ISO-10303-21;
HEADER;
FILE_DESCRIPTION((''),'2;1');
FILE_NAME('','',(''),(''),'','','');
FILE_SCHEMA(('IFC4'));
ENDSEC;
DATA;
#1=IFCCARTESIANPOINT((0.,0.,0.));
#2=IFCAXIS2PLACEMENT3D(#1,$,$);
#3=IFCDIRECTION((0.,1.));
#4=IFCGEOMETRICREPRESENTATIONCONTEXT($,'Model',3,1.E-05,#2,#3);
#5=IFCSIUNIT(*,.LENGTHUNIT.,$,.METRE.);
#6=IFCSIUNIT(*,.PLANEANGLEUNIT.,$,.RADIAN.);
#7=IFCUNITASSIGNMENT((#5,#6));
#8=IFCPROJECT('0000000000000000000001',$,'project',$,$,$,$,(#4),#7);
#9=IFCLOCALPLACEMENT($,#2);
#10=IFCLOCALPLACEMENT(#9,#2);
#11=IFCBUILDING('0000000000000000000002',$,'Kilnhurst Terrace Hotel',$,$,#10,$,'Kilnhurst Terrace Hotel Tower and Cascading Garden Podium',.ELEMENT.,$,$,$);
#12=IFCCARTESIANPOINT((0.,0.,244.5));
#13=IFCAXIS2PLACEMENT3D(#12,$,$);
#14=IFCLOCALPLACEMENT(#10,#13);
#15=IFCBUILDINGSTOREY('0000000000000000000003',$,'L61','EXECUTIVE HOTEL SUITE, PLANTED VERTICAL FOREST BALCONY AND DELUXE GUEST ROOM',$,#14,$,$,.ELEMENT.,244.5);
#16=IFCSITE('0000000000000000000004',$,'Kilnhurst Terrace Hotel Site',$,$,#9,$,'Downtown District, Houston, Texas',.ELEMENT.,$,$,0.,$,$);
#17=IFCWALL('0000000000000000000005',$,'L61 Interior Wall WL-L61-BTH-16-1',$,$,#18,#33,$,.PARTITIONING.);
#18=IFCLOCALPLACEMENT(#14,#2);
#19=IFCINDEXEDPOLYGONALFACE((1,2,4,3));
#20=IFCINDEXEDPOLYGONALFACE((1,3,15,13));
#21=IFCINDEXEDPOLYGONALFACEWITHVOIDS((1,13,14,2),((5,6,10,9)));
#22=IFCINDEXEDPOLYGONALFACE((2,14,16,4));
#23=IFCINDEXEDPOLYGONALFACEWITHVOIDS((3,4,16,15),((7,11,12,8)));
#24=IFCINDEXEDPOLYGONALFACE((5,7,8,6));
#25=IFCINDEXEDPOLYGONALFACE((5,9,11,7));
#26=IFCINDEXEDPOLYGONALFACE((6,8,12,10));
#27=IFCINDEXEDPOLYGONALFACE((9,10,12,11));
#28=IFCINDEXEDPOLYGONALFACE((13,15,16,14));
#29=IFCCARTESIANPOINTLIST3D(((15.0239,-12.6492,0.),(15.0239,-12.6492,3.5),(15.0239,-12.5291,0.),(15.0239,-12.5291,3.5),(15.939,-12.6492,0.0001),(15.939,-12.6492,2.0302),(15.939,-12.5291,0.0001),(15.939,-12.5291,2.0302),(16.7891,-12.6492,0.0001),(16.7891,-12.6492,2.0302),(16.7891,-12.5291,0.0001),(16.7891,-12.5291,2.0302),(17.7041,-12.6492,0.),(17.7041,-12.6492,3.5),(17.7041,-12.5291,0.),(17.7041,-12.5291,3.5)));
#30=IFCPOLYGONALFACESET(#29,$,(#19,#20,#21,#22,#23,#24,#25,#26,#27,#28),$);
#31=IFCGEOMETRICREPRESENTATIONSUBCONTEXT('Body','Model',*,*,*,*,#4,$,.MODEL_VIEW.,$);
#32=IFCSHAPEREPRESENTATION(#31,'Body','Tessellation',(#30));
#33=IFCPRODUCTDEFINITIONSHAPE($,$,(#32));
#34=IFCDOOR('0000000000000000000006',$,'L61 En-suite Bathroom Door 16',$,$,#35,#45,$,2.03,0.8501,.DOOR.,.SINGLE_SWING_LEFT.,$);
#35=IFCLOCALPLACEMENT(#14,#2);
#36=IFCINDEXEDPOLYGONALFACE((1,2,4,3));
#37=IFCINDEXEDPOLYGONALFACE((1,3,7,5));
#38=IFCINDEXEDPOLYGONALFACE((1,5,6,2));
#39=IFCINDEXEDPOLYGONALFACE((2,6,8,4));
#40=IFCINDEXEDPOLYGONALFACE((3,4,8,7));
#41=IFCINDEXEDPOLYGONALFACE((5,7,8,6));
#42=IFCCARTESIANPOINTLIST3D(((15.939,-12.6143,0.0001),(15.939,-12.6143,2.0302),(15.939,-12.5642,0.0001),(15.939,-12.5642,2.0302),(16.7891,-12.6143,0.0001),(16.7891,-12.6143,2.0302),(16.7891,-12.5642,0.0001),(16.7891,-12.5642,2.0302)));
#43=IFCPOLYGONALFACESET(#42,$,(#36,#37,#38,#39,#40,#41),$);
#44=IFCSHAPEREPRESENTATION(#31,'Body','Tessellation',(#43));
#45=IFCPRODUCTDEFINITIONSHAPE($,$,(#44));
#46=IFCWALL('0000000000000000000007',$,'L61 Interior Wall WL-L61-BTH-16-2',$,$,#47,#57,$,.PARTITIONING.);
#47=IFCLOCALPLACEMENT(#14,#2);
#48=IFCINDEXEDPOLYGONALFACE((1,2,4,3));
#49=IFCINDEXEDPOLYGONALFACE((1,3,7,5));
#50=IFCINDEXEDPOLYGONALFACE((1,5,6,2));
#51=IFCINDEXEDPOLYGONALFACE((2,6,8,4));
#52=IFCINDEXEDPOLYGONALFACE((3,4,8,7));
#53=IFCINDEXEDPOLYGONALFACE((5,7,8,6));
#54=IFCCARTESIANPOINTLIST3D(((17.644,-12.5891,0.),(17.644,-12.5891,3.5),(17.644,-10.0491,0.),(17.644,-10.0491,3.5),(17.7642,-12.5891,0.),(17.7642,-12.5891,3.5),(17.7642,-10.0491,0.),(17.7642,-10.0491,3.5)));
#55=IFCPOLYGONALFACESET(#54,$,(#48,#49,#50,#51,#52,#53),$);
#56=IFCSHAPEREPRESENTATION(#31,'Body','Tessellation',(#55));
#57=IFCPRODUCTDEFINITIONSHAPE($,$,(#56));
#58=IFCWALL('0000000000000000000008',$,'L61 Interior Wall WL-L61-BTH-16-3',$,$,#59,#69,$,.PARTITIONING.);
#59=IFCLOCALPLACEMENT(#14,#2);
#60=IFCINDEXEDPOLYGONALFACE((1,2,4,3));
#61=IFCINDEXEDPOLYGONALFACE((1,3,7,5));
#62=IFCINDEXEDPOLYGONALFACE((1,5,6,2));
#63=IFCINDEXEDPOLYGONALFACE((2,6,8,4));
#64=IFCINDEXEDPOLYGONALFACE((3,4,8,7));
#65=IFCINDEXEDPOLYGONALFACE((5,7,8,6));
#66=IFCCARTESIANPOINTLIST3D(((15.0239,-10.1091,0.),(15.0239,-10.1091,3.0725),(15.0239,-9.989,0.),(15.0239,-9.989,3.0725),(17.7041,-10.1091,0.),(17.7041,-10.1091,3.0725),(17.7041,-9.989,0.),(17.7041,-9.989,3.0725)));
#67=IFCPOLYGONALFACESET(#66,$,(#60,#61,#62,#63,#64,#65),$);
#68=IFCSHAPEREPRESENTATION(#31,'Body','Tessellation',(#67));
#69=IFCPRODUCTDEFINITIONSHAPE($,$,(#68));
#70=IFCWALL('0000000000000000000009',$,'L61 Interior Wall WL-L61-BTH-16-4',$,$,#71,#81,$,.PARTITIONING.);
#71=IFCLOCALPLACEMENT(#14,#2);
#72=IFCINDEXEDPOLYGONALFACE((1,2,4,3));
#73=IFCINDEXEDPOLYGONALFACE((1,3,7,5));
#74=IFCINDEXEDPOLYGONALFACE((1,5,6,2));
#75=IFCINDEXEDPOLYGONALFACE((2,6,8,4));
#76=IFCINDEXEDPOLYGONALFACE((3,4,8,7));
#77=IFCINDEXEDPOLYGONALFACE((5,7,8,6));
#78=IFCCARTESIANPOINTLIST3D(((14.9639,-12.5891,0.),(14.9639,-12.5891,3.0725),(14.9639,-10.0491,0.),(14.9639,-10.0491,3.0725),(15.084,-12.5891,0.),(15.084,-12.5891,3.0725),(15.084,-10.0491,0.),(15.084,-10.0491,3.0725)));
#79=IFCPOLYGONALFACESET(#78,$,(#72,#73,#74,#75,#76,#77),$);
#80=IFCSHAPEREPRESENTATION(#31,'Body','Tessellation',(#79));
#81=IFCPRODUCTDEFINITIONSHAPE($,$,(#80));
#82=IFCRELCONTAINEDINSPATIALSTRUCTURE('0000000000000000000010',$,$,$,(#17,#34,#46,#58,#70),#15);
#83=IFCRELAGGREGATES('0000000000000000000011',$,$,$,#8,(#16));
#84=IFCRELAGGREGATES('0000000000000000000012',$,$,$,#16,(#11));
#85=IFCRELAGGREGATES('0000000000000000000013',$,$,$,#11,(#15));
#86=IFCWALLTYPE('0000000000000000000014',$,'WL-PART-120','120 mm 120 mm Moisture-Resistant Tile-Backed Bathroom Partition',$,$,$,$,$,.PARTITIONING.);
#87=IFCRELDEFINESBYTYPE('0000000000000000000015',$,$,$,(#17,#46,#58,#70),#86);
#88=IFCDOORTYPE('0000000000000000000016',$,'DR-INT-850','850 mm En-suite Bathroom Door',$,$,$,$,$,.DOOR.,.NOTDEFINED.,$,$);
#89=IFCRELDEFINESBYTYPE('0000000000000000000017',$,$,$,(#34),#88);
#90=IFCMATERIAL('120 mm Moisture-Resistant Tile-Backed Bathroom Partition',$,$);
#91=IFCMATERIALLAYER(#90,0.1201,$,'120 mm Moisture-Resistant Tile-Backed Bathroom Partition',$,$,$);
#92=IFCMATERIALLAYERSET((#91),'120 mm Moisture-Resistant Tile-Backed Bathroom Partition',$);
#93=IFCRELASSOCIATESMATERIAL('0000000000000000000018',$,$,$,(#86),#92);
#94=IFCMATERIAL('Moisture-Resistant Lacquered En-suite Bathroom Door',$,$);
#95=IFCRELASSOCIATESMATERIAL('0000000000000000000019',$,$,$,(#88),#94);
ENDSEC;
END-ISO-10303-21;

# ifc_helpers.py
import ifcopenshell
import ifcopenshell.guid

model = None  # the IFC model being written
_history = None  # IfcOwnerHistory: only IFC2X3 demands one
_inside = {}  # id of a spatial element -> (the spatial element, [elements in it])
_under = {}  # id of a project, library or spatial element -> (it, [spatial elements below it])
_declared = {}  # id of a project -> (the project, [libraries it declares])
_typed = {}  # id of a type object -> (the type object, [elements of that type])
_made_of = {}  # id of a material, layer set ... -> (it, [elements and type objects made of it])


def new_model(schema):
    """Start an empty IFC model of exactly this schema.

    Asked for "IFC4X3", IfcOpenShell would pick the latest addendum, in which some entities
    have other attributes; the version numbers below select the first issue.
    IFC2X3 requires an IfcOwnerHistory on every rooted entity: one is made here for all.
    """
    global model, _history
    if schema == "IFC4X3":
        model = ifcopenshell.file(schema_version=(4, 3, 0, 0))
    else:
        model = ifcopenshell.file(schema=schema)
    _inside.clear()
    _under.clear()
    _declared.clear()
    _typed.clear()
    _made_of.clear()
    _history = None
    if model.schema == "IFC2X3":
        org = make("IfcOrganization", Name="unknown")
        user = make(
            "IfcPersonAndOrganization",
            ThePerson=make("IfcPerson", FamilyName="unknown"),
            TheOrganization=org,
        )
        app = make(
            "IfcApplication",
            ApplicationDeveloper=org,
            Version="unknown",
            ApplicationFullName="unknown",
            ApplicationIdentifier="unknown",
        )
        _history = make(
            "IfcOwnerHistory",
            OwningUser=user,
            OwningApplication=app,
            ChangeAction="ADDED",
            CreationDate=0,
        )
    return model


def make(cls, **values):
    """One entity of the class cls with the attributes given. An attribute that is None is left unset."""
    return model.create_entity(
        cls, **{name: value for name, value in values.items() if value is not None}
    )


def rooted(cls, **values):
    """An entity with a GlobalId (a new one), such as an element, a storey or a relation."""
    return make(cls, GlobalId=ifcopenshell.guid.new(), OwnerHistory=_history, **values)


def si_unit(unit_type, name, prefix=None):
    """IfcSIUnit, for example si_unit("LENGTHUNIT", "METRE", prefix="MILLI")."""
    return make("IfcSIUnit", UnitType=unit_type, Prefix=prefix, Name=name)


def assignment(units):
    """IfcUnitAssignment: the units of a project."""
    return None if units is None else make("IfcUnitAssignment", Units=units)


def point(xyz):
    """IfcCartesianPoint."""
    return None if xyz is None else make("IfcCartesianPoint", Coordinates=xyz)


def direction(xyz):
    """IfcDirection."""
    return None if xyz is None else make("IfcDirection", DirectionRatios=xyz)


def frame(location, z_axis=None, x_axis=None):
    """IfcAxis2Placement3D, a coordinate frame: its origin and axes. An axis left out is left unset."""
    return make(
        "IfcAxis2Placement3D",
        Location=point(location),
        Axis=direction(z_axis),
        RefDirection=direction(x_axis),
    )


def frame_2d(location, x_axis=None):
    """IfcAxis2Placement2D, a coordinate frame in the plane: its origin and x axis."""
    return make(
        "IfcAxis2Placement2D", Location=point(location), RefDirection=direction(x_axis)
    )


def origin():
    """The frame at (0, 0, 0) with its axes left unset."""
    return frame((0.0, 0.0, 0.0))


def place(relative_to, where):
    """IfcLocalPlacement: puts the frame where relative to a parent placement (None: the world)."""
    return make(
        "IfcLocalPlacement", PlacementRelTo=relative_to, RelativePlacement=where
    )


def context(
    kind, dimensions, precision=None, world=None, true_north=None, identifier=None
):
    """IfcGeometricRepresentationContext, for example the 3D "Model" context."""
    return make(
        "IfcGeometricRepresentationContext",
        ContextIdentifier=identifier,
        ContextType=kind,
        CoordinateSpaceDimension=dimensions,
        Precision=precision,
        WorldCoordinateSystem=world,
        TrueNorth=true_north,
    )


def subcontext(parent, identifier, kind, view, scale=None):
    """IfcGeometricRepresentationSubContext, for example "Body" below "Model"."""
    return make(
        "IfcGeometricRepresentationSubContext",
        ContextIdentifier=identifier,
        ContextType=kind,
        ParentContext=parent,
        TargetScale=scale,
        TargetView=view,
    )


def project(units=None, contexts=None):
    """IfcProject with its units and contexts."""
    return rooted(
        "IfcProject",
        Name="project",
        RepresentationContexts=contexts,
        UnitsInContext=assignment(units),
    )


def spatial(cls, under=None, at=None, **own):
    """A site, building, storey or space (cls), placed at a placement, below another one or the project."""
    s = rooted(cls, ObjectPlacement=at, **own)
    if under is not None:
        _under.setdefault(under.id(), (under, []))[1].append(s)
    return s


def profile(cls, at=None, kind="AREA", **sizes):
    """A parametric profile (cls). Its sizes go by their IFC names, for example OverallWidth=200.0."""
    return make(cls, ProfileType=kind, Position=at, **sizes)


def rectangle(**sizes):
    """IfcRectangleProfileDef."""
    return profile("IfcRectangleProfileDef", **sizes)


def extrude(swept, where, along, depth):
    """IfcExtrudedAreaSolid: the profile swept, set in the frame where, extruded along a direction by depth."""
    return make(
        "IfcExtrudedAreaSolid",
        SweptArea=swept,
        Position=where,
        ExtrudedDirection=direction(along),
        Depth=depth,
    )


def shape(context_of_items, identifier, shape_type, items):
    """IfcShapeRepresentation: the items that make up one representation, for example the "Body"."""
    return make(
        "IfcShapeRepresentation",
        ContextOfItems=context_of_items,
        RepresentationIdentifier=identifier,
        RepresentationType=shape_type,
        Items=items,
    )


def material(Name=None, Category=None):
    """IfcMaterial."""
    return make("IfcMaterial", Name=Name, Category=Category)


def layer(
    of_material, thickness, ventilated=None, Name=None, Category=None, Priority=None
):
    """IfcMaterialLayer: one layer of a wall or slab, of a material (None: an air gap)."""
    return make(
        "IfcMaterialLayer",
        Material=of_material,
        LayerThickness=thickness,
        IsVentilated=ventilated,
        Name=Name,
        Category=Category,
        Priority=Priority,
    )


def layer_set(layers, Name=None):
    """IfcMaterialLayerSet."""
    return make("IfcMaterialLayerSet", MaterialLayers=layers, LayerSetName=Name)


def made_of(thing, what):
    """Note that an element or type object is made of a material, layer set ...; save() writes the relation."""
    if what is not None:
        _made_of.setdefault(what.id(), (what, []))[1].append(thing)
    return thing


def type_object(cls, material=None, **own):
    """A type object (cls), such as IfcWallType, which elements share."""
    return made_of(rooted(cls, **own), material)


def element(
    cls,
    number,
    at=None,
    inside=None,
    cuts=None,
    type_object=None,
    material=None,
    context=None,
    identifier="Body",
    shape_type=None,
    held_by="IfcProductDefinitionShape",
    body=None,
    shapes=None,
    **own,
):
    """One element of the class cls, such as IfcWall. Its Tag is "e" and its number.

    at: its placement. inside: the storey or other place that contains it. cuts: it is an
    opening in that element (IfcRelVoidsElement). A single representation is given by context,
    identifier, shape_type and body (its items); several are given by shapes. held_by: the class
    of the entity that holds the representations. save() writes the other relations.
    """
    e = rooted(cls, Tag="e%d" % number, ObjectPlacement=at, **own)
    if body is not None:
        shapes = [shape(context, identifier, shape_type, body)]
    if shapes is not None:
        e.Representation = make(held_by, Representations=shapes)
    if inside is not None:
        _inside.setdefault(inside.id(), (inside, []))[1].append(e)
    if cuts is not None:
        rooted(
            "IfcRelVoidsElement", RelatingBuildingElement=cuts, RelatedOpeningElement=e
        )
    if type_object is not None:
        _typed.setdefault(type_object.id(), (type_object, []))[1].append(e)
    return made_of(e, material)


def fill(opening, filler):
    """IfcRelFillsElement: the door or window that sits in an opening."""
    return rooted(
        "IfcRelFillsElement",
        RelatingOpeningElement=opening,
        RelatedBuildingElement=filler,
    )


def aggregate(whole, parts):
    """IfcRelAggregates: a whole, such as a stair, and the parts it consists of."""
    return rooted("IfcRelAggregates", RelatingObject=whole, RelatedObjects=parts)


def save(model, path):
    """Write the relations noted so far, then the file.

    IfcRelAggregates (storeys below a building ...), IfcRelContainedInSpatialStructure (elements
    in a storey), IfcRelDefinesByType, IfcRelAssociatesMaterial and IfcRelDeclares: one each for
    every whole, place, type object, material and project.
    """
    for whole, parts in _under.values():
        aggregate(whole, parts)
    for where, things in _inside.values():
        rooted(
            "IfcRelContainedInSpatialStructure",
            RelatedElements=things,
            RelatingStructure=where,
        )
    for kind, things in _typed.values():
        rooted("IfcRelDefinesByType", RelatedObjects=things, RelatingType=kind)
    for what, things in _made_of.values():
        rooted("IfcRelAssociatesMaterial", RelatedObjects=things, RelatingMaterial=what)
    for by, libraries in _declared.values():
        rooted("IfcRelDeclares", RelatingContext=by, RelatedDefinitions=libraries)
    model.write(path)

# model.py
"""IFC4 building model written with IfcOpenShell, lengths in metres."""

from ifc_helpers import new_model, si_unit, direction, frame, frame_2d, origin, place, context, subcontext, project, spatial, rectangle, extrude, material, layer, layer_set, type_object, element, fill, save


model = new_model("IFC4")

# Units and contexts
model_context = context("Model", 3, precision=1e-05, world=origin(), true_north=direction((0.0, 1.0)))
body_context = subcontext(model_context, "Body", "Model", "MODEL_VIEW")
ifc_project = project(units=[si_unit("LENGTHUNIT", "METRE"), si_unit("PLANEANGLEUNIT", "RADIAN")], contexts=[model_context])

# Site, building, storey
site_placement = place(None, origin())
site = spatial("IfcSite", under=ifc_project, at=site_placement, Name="Kilnhurst Terrace Hotel Site", LongName="Downtown District, Houston, Texas", CompositionType="ELEMENT", RefElevation=0.0)
building_placement = place(site_placement, origin())
building = spatial("IfcBuilding", under=site, at=building_placement, Name="Kilnhurst Terrace Hotel", LongName="Kilnhurst Terrace Hotel Tower and Cascading Garden Podium", CompositionType="ELEMENT")
storey_placement = place(building_placement, frame((0.0, 0.0, 244.5)))
storey = spatial("IfcBuildingStorey", under=building, at=storey_placement, Name="L61", Description="EXECUTIVE HOTEL SUITE, PLANTED VERTICAL FOREST BALCONY AND DELUXE GUEST ROOM", CompositionType="ELEMENT", Elevation=244.5)

# Wall, opening, door
ifc_material_1 = material(Name="120 mm Moisture-Resistant Tile-Backed Bathroom Partition")
ifc_layer_1 = layer(ifc_material_1, 0.1201, Name="120 mm Moisture-Resistant Tile-Backed Bathroom Partition")
ifc_layer_set_1 = layer_set([ifc_layer_1], Name="120 mm Moisture-Resistant Tile-Backed Bathroom Partition")
wall_type_1 = type_object("IfcWallType", Name="WL-PART-120", Description="120 mm 120 mm Moisture-Resistant Tile-Backed Bathroom Partition", PredefinedType="PARTITIONING", material=ifc_layer_set_1)
wall_1_placement = place(storey_placement, frame((15.0239, -12.5891, 0.0), z_axis=(0.0, 0.0, 1.0), x_axis=(1.0, 0.0, 0.0)))
wall_1 = element("IfcWall", 1, at=wall_1_placement, inside=storey, type_object=wall_type_1, Name="L61 Interior Wall WL-L61-BTH-16-1", PredefinedType="PARTITIONING", context=body_context, shape_type="SweptSolid", body=[
    extrude(rectangle(XDim=2.6802, YDim=0.1201, at=frame_2d((1.3401, 0.0))), origin(), (0.0, 0.0, 1.0), 3.5),
])
opening_1_placement = place(wall_1_placement, frame((0.915, 0.0, 0.0)))
opening_1 = element("IfcOpeningElement", 2, at=opening_1_placement, cuts=wall_1, PredefinedType="OPENING", context=body_context, shape_type="SweptSolid", body=[
    extrude(rectangle(XDim=0.8501, YDim=2.03, at=frame_2d((0.425, 1.0151))), frame((0.0, 0.0701, 0.0), z_axis=(0.0, -1.0, 0.0), x_axis=(1.0, 0.0, 0.0)), (0.0, 0.0, 1.0), 0.1401),
])
ifc_material_2 = material(Name="Moisture-Resistant Lacquered En-suite Bathroom Door")
door_type_1 = type_object("IfcDoorType", Name="DR-INT-850", Description="850 mm En-suite Bathroom Door", OperationType="NOTDEFINED", PredefinedType="DOOR", material=ifc_material_2)
door_1_placement = place(opening_1_placement, origin())
door_1 = element("IfcDoor", 3, at=door_1_placement, inside=storey, type_object=door_type_1, Name="L61 En-suite Bathroom Door 16", OperationType="SINGLE_SWING_LEFT", OverallHeight=2.03, OverallWidth=0.8501, PredefinedType="DOOR", context=body_context, shape_type="SweptSolid", body=[
    extrude(rectangle(XDim=0.8501, YDim=2.03, at=frame_2d((0.425, 1.0151))), frame((0.0, 0.0249, 0.0), z_axis=(0.0, -1.0, 0.0), x_axis=(1.0, 0.0, 0.0)), (0.0, 0.0, 1.0), 0.05),
])
fill(opening_1, door_1)

# Walls
wall_2_placement = place(storey_placement, frame((17.7041, -12.5891, 0.0), z_axis=(0.0, 0.0, 1.0), x_axis=(0.0, 1.0, 0.0)))
element("IfcWall", 4, at=wall_2_placement, inside=storey, type_object=wall_type_1, Name="L61 Interior Wall WL-L61-BTH-16-2", PredefinedType="PARTITIONING", context=body_context, shape_type="SweptSolid", body=[
    extrude(rectangle(XDim=2.54, YDim=0.1201, at=frame_2d((1.27, 0.0))), origin(), (0.0, 0.0, 1.0), 3.5),
])
wall_3_placement = place(storey_placement, frame((17.7041, -10.0491, 0.0), z_axis=(0.0, 0.0, 1.0), x_axis=(-1.0, 0.0, 0.0)))
element("IfcWall", 5, at=wall_3_placement, inside=storey, type_object=wall_type_1, Name="L61 Interior Wall WL-L61-BTH-16-3", PredefinedType="PARTITIONING", context=body_context, shape_type="SweptSolid", body=[
    extrude(rectangle(XDim=2.6802, YDim=0.1201, at=frame_2d((1.3401, 0.0))), origin(), (0.0, 0.0, 1.0), 3.0725),
])
wall_4_placement = place(storey_placement, frame((15.0239, -10.0491, 0.0), z_axis=(0.0, 0.0, 1.0), x_axis=(0.0, -1.0, 0.0)))
element("IfcWall", 6, at=wall_4_placement, inside=storey, type_object=wall_type_1, Name="L61 Interior Wall WL-L61-BTH-16-4", PredefinedType="PARTITIONING", context=body_context, shape_type="SweptSolid", body=[
    extrude(rectangle(XDim=2.54, YDim=0.1201, at=frame_2d((1.27, 0.0))), origin(), (0.0, 0.0, 1.0), 3.0725),
])

save(model, "model.ifc")
